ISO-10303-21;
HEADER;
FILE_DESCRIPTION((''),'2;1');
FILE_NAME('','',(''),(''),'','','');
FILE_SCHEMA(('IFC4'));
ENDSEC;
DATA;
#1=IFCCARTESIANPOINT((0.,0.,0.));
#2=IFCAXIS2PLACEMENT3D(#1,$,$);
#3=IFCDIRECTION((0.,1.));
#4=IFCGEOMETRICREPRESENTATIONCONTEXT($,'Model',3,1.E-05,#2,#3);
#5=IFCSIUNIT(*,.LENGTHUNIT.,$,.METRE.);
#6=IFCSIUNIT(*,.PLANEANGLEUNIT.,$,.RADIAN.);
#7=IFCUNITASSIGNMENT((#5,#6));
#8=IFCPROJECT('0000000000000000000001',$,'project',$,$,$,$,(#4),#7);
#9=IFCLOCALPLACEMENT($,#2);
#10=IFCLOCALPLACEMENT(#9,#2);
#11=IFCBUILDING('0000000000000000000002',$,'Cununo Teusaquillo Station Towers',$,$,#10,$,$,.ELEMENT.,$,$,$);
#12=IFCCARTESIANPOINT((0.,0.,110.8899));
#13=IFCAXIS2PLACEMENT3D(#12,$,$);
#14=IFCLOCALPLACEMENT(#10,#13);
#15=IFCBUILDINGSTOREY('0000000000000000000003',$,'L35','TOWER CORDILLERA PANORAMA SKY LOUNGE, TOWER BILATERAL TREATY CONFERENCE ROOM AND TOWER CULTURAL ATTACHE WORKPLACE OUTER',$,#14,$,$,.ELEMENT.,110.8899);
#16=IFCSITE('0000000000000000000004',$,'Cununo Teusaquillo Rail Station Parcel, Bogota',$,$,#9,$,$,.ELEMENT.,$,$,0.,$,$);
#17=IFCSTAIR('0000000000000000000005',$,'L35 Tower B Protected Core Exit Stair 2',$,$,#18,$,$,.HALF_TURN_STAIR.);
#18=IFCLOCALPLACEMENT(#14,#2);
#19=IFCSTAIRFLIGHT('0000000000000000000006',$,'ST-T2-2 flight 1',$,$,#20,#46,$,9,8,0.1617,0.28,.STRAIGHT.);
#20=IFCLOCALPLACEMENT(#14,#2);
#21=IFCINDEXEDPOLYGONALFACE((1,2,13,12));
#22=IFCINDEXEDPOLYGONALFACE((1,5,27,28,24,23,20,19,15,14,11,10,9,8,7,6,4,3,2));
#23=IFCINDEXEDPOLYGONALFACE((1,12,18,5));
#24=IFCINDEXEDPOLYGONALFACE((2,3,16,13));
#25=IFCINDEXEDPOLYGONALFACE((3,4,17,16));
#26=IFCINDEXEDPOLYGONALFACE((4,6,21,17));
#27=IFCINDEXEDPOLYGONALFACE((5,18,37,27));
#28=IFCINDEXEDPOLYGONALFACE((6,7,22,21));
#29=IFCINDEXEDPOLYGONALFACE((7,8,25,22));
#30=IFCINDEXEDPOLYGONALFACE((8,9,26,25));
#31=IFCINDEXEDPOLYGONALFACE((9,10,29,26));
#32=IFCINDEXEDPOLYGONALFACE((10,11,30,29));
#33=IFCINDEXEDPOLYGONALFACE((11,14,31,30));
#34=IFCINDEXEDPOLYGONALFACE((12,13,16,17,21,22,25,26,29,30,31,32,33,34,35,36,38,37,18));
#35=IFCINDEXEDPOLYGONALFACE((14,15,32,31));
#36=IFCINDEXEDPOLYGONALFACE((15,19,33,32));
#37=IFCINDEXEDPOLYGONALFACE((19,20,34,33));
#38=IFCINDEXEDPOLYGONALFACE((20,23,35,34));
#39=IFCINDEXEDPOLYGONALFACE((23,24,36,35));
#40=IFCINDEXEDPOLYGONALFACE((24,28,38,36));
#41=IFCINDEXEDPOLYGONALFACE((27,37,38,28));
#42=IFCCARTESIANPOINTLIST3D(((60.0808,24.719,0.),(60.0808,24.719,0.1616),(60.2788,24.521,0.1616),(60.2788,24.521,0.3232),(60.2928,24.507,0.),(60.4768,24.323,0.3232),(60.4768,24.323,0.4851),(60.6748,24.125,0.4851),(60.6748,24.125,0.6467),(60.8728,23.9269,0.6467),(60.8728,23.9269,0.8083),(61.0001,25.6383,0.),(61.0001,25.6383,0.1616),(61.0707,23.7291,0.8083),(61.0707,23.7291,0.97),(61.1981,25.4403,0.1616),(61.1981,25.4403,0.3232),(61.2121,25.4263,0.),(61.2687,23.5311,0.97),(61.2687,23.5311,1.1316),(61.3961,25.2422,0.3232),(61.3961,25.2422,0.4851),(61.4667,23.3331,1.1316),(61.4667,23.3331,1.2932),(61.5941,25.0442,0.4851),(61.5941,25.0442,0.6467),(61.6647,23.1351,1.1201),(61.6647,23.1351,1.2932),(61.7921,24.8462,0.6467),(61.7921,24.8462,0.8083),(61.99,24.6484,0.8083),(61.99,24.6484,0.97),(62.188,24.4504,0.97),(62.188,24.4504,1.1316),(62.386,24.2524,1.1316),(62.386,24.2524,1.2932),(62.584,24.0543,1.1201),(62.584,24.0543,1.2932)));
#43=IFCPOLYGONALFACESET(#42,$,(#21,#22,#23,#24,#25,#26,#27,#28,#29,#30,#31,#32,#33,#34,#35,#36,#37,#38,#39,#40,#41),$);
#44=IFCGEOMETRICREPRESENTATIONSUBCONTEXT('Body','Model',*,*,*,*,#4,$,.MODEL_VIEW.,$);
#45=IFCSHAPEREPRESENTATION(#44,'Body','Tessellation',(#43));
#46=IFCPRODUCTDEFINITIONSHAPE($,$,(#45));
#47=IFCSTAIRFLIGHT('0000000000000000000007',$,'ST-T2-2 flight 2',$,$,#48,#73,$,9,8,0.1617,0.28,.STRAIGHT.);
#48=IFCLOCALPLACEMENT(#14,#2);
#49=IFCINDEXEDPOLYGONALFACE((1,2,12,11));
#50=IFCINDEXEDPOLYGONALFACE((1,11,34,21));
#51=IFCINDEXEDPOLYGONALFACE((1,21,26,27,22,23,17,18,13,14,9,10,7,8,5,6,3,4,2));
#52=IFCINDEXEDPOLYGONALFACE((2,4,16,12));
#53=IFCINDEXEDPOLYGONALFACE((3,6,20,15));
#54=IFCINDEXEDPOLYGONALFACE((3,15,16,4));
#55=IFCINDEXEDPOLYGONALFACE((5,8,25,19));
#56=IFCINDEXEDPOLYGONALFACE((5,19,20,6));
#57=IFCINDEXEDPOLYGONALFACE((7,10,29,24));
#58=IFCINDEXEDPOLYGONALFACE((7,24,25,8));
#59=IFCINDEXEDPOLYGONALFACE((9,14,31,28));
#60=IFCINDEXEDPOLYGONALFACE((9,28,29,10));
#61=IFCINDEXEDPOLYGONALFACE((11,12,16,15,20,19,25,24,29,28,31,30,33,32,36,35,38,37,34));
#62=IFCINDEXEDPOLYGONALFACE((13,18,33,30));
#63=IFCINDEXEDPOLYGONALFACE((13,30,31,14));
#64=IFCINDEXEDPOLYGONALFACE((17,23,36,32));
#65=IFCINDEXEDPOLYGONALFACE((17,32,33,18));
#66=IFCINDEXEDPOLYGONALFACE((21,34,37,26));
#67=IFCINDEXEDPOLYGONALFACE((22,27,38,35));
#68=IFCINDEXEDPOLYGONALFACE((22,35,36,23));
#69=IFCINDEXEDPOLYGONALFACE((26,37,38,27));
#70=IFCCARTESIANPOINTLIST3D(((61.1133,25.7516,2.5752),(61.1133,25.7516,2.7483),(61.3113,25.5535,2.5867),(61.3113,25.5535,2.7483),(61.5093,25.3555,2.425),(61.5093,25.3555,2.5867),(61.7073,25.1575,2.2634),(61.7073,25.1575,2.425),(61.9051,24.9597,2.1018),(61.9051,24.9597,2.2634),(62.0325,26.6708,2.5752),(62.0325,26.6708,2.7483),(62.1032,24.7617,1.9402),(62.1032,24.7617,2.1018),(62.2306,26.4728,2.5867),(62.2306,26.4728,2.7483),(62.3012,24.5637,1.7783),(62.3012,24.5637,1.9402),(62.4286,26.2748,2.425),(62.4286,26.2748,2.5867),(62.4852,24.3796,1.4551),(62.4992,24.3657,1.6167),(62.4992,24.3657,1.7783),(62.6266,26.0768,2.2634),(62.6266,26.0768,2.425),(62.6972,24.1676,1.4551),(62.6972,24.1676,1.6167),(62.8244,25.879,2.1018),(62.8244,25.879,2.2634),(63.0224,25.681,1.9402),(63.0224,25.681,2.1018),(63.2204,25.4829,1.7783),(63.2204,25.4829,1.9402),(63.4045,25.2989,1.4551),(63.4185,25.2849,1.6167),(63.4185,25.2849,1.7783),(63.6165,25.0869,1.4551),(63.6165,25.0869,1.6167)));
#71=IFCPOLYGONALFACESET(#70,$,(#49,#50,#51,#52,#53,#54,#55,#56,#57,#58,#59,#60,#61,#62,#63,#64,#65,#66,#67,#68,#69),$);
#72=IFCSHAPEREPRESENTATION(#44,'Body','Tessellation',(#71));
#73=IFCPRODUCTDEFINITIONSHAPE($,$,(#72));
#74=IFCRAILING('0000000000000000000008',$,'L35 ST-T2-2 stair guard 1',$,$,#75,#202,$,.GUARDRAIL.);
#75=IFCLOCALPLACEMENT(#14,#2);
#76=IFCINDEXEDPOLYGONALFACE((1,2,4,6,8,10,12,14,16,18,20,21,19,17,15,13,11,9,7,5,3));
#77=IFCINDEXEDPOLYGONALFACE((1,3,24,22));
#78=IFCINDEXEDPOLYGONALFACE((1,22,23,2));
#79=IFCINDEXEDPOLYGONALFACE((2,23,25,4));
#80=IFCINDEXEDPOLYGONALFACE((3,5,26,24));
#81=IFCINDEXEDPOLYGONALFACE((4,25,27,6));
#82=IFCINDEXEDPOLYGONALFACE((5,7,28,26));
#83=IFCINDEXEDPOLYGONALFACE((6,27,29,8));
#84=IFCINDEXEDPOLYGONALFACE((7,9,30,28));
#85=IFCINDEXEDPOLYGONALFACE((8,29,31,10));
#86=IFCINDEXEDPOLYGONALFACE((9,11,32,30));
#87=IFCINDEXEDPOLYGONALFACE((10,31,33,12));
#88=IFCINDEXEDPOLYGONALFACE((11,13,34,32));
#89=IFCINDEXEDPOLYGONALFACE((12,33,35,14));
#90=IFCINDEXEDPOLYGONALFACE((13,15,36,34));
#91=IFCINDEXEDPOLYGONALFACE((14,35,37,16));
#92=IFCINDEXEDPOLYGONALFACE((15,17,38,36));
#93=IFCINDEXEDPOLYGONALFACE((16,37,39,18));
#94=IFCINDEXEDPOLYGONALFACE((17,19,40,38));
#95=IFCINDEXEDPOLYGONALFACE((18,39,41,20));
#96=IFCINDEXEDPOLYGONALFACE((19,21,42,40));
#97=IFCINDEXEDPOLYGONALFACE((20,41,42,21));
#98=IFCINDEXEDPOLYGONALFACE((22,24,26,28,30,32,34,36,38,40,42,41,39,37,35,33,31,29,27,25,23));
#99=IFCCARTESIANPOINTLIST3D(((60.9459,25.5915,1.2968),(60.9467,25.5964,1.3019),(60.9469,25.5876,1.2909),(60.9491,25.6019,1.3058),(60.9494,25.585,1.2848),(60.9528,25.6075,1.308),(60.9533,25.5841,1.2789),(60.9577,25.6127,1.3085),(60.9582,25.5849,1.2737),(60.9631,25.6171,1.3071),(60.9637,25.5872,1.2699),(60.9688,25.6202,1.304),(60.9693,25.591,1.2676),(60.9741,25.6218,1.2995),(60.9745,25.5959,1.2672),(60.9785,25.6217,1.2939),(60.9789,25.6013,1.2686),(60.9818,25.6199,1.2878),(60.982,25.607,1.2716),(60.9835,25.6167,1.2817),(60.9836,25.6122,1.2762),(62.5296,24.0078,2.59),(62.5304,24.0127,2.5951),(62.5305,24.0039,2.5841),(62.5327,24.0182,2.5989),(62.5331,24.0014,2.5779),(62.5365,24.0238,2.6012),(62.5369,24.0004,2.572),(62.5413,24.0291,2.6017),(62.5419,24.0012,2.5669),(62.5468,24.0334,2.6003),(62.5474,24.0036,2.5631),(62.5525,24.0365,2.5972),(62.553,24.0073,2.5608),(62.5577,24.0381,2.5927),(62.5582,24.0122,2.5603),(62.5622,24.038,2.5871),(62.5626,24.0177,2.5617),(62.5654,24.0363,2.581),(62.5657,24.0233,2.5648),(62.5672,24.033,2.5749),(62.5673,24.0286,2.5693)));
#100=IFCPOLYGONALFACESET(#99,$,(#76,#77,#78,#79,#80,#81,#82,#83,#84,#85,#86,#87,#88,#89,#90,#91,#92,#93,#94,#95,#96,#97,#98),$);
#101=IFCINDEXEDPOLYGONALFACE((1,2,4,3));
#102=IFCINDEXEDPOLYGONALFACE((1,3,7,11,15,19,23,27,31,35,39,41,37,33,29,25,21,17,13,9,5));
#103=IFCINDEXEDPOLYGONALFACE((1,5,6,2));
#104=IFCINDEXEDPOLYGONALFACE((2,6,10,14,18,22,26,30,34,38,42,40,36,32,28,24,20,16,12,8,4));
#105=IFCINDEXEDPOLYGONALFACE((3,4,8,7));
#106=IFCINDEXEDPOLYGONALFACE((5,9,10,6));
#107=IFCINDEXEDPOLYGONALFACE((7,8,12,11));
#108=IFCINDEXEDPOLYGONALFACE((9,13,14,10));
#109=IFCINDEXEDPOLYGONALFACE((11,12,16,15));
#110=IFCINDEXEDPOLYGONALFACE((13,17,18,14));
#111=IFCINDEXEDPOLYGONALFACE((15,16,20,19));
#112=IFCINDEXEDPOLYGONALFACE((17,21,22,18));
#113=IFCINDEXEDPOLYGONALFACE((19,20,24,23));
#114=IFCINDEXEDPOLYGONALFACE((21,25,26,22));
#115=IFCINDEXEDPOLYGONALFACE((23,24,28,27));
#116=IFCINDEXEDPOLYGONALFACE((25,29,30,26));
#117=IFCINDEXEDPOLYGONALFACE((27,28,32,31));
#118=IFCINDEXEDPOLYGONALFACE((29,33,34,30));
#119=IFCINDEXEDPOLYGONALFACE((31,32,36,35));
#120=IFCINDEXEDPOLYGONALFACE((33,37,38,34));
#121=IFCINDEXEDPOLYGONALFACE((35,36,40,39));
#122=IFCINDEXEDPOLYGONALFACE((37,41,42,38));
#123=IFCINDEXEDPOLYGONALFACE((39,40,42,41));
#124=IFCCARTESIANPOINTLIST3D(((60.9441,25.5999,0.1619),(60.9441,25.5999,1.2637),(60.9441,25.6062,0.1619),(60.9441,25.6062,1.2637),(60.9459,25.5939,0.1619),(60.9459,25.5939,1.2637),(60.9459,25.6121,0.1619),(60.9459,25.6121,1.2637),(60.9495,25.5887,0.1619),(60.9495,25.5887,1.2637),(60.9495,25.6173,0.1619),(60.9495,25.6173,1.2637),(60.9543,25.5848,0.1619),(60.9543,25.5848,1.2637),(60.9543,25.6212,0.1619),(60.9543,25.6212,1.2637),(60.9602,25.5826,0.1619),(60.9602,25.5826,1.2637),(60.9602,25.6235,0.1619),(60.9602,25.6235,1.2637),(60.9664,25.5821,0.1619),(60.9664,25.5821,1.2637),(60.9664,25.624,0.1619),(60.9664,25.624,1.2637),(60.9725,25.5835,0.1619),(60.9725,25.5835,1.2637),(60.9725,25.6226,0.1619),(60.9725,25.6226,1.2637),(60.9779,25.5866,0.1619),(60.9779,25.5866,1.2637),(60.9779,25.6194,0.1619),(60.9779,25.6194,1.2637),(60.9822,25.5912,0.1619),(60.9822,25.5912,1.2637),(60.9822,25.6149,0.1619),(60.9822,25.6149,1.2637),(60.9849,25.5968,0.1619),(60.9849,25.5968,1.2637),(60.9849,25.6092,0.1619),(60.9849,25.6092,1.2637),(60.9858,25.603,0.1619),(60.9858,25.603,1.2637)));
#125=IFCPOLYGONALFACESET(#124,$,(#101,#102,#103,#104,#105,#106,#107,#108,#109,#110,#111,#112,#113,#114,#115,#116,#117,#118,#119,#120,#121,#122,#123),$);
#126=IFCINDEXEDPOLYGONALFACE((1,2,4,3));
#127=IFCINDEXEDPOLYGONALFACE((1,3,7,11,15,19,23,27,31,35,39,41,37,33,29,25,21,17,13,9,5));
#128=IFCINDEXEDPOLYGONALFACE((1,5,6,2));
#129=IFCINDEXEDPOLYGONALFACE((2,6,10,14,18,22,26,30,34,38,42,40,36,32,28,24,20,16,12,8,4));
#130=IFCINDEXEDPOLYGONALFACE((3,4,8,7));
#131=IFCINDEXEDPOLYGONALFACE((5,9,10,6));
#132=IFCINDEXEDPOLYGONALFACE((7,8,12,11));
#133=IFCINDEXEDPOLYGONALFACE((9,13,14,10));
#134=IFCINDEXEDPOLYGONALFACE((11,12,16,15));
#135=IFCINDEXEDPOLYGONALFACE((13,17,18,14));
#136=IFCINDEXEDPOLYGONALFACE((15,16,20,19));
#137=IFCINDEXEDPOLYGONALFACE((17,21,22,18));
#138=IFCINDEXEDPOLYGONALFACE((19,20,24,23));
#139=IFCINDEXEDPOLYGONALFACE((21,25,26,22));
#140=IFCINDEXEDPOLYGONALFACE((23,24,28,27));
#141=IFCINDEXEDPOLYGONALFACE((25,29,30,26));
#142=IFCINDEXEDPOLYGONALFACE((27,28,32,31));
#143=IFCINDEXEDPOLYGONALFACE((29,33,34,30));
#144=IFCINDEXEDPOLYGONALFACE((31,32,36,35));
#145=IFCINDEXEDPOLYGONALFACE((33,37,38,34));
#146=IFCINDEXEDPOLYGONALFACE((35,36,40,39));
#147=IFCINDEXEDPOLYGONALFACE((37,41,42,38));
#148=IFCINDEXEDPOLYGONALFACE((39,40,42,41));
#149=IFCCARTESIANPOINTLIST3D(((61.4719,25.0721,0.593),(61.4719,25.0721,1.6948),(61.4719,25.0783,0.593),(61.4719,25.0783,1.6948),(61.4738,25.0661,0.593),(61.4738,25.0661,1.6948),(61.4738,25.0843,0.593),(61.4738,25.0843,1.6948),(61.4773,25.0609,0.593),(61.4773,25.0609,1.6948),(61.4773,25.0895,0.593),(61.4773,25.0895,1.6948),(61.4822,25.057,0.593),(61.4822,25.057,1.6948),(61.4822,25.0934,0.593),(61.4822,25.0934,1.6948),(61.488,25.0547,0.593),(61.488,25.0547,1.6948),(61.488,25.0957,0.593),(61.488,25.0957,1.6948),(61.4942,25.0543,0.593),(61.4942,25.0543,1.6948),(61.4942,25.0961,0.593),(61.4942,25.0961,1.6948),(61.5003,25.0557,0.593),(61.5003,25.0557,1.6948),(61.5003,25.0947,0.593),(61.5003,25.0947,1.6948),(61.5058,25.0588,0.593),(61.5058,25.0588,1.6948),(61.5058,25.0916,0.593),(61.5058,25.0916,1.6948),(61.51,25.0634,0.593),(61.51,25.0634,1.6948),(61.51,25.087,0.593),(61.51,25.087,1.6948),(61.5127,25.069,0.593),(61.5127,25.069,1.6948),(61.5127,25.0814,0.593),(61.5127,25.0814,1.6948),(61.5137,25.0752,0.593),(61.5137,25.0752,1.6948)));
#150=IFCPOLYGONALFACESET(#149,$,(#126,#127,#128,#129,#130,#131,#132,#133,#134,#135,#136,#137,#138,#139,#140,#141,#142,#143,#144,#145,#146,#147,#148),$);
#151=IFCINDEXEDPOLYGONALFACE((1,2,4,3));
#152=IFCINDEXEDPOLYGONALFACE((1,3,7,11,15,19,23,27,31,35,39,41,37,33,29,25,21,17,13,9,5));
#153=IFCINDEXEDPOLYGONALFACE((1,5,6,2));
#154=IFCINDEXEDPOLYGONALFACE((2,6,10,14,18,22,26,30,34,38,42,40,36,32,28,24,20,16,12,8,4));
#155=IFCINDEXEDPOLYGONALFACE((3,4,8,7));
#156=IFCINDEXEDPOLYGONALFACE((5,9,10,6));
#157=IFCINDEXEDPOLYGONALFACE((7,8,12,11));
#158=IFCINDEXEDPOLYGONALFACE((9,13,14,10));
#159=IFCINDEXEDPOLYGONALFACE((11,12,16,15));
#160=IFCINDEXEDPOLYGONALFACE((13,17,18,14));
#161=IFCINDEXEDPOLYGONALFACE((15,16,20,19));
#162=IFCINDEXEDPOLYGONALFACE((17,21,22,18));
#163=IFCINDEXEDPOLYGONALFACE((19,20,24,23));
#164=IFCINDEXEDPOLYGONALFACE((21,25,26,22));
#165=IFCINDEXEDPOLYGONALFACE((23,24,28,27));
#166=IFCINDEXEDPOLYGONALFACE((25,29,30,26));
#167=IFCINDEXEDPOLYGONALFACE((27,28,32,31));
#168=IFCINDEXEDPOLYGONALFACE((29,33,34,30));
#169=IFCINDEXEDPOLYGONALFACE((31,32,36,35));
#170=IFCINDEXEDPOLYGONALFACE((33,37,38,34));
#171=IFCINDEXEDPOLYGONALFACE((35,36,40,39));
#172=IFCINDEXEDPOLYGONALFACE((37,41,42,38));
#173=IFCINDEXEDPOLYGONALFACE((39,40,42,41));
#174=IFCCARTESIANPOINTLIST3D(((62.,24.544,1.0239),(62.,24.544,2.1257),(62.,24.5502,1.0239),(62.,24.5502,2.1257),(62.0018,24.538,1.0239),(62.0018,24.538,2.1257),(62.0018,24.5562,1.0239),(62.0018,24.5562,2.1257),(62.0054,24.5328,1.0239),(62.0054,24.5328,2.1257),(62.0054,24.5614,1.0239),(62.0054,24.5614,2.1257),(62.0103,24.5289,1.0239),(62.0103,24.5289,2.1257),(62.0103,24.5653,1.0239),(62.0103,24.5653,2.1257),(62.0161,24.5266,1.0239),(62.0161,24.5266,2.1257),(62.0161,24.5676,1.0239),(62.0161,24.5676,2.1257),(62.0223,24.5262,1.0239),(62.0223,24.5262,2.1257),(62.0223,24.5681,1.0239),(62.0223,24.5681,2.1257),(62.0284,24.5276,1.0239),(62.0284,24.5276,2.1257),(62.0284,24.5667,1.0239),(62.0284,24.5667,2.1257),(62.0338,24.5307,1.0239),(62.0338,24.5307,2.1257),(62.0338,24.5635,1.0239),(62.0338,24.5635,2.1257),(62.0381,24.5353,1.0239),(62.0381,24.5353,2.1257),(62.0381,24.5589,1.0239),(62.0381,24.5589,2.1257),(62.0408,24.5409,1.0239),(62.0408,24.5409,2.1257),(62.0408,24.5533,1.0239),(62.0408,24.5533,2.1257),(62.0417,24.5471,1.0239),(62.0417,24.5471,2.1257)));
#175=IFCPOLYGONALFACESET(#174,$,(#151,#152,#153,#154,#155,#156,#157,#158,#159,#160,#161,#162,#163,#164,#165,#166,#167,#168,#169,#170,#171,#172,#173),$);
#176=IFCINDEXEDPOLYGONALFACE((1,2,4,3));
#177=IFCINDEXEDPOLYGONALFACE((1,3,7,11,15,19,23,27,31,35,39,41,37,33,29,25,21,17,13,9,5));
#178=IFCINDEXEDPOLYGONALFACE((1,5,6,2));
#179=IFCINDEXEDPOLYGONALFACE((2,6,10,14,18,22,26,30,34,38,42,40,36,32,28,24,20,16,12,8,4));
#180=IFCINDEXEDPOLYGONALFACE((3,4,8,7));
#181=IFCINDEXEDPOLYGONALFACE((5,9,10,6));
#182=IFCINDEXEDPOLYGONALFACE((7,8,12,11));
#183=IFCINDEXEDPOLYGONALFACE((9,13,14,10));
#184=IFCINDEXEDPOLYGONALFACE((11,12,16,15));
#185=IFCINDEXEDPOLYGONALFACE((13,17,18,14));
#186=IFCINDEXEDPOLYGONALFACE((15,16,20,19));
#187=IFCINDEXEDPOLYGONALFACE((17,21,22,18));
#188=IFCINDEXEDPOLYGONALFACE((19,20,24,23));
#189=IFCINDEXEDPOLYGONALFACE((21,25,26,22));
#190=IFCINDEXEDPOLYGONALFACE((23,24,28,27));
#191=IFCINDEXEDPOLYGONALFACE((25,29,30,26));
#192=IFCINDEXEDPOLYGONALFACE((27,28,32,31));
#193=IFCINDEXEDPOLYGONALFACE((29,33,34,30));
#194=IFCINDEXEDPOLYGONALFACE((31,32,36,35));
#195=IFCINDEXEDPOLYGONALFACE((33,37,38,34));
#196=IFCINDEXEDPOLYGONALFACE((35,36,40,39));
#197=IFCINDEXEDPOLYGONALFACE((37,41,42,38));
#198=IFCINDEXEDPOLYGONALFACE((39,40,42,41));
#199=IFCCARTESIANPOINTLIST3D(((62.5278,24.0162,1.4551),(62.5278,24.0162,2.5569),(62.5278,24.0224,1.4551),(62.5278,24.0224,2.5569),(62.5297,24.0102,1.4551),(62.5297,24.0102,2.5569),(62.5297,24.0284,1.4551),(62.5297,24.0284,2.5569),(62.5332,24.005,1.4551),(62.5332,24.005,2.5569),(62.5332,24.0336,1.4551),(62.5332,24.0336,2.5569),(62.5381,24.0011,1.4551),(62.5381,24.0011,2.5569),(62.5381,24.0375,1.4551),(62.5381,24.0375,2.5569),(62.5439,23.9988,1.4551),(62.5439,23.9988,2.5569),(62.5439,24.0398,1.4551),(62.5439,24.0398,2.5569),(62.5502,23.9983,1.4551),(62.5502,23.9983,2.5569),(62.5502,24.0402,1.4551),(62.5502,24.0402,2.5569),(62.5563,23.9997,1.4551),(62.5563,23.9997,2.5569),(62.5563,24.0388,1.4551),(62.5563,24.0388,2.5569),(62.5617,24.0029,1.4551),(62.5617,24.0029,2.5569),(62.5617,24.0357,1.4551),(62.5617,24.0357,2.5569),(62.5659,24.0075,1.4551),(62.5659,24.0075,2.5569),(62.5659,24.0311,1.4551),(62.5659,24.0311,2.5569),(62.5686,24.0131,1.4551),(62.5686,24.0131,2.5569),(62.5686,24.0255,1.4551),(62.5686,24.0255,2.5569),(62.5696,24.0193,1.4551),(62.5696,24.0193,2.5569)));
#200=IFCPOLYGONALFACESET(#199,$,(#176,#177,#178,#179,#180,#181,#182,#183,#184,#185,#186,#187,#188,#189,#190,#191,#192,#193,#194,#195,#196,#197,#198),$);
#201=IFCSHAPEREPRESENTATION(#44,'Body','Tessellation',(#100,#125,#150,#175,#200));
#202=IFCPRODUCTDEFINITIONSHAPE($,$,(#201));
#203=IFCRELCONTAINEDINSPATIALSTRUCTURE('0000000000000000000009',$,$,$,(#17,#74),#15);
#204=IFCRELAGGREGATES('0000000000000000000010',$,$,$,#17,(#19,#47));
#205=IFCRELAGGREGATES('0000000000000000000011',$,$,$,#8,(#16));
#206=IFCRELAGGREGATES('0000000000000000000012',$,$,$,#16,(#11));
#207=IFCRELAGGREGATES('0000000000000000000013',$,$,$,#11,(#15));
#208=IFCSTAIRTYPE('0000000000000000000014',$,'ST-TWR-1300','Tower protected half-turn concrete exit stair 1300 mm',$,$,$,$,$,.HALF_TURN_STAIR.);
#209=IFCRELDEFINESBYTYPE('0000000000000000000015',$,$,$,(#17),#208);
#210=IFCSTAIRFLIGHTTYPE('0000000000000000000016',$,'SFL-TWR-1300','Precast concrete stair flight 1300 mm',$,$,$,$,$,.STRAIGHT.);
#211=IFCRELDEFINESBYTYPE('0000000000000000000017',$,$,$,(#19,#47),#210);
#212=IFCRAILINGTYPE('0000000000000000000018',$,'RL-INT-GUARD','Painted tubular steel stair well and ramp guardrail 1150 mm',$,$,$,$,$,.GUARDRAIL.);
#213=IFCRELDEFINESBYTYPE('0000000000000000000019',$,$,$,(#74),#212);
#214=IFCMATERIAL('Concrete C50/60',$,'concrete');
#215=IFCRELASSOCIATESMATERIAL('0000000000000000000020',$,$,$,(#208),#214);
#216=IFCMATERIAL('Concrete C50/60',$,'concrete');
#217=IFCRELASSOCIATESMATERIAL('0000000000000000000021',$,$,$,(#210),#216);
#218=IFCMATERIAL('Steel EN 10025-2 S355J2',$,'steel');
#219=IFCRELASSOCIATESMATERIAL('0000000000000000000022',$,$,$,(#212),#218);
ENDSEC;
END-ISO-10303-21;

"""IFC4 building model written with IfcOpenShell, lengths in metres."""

from ifc_helpers import new_model, si_unit, direction, frame, origin, origin_2d, place, context, subcontext, project, spatial, polyline, circle, outline, extrude, material, type_object, element, aggregate, save


model = new_model("IFC4")

# Units and contexts
model_context = context("Model", 3, precision=1e-05, world=origin(), true_north=direction((0.0, 1.0)))
body_context = subcontext(model_context, "Body", "Model", "MODEL_VIEW")
ifc_project = project(units=[si_unit("LENGTHUNIT", "METRE"), si_unit("PLANEANGLEUNIT", "RADIAN")], contexts=[model_context])

# Site, building, storey
site_placement = place(None, origin())
site = spatial("IfcSite", under=ifc_project, at=site_placement, Name="Cununo Teusaquillo Rail Station Parcel, Bogota", CompositionType="ELEMENT", RefElevation=0.0)
building_placement = place(site_placement, origin())
building = spatial("IfcBuilding", under=site, at=building_placement, Name="Cununo Teusaquillo Station Towers", CompositionType="ELEMENT")
storey_placement = place(building_placement, frame((0.0, 0.0, 110.8899)))
storey = spatial("IfcBuildingStorey", under=building, at=storey_placement, Name="L35", Description="TOWER CORDILLERA PANORAMA SKY LOUNGE, TOWER BILATERAL TREATY CONFERENCE ROOM AND TOWER CULTURAL ATTACHE WORKPLACE OUTER", CompositionType="ELEMENT", Elevation=110.8899)

# Stair, stair flights
ifc_material_1 = material(Name="Concrete C50/60", Category="concrete")
stair_type = type_object("IfcStairType", Name="ST-TWR-1300", Description="Tower protected half-turn concrete exit stair 1300 mm", PredefinedType="HALF_TURN_STAIR", material=ifc_material_1)
stair_placement = place(storey_placement, origin())
stair = element("IfcStair", 1, at=stair_placement, inside=storey, type_object=stair_type, Name="L35 Tower B Protected Core Exit Stair 2", PredefinedType="HALF_TURN_STAIR")
ifc_material_2 = material(Name="Concrete C50/60", Category="concrete")
stair_flight_type = type_object("IfcStairFlightType", Name="SFL-TWR-1300", Description="Precast concrete stair flight 1300 mm", PredefinedType="STRAIGHT", material=ifc_material_2)
stair_flight_1_placement = place(storey_placement, frame((60.5405, 25.1787, 0.0), z_axis=(0.0, 0.0, 1.0), x_axis=(0.707107, -0.707107, 0.0)))
stair_flight_1 = element("IfcStairFlight", 2, at=stair_flight_1_placement, type_object=stair_flight_type, Name="ST-T2-2 flight 1", NumberOfRisers=9, NumberOfTreads=8, PredefinedType="STRAIGHT", RiserHeight=0.1617, TreadLength=0.28, context=body_context, shape_type="SweptSolid", body=[
    extrude(outline(polyline([(0.0, 0.0), (0.0, 0.1616), (0.28, 0.1616), (0.28, 0.3232), (0.5601, 0.3232), (0.5601, 0.4851), (0.8401, 0.4851), (0.8401, 0.6467), (1.1201, 0.6467), (1.1201, 0.8083), (1.3999, 0.8083), (1.3999, 0.97), (1.6799, 0.97), (1.6799, 1.1316), (1.96, 1.1316), (1.96, 1.2932), (2.24, 1.2932), (2.24, 1.4551), (2.24, 1.1201), (0.2998, 0.0), (0.0, 0.0)])), frame((0.0, 0.6499, 0.0), z_axis=(0.0, -1.0, 0.0), x_axis=(1.0, 0.0, 0.0)), (0.0, 0.0, 1.0), 1.3),
])
stair_flight_2_placement = place(storey_placement, frame((63.1567, 24.6272, 1.4551), z_axis=(0.0, 0.0, 1.0), x_axis=(-0.707107, 0.707107, 0.0)))
stair_flight_2 = element("IfcStairFlight", 3, at=stair_flight_2_placement, type_object=stair_flight_type, Name="ST-T2-2 flight 2", NumberOfRisers=9, NumberOfTreads=8, PredefinedType="STRAIGHT", RiserHeight=0.1617, TreadLength=0.28, context=body_context, shape_type="SweptSolid", body=[
    extrude(outline(polyline([(0.0, 0.0), (0.0, 0.1616), (0.28, 0.1616), (0.28, 0.3232), (0.5601, 0.3232), (0.5601, 0.4851), (0.8401, 0.4851), (0.8401, 0.6467), (1.1201, 0.6467), (1.1201, 0.8083), (1.3999, 0.8083), (1.3999, 0.97), (1.6799, 0.97), (1.6799, 1.1316), (1.96, 1.1316), (1.96, 1.2932), (2.24, 1.2932), (2.24, 1.4551), (2.24, 1.1201), (0.2998, 0.0), (0.0, 0.0)])), frame((0.0, 0.6499, 0.0), z_axis=(0.0, -1.0, 0.0), x_axis=(1.0, 0.0, 0.0)), (0.0, 0.0, 1.0), 1.3),
])
aggregate(stair, [stair_flight_1, stair_flight_2])

# Railing
ifc_material_3 = material(Name="Steel EN 10025-2 S355J2", Category="steel")
railing_type_1 = type_object("IfcRailingType", Name="RL-INT-GUARD", Description="Painted tubular steel stair well and ramp guardrail 1150 mm", PredefinedType="GUARDRAIL", material=ifc_material_3)
railing_1_placement = place(storey_placement, frame((60.9648, 25.603, 0.1619)))
element("IfcRailing", 4, at=railing_1_placement, inside=storey, type_object=railing_type_1, Name="L35 ST-T2-2 stair guard 1", PredefinedType="GUARDRAIL", context=body_context, shape_type="SweptSolid", body=[
    extrude(circle(Radius=0.0239, at=origin_2d()), frame((0.0, 0.0, 1.126), z_axis=(0.612361, -0.612361, 0.500027), x_axis=(0.707107, 0.707107, 0.0)), (0.0, 0.0, 1.0), 2.5862),
    extrude(circle(Radius=0.021, at=origin_2d()), origin(), (0.0, 0.0, 1.0), 1.1018),
    extrude(circle(Radius=0.021, at=origin_2d()), frame((0.5278, -0.5278, 0.4312)), (0.0, 0.0, 1.0), 1.1018),
    extrude(circle(Radius=0.021, at=origin_2d()), frame((1.0559, -1.0559, 0.8621)), (0.0, 0.0, 1.0), 1.1018),
    extrude(circle(Radius=0.021, at=origin_2d()), frame((1.5837, -1.5837, 1.2932)), (0.0, 0.0, 1.0), 1.1018),
])

save(model, "model.ifc")
